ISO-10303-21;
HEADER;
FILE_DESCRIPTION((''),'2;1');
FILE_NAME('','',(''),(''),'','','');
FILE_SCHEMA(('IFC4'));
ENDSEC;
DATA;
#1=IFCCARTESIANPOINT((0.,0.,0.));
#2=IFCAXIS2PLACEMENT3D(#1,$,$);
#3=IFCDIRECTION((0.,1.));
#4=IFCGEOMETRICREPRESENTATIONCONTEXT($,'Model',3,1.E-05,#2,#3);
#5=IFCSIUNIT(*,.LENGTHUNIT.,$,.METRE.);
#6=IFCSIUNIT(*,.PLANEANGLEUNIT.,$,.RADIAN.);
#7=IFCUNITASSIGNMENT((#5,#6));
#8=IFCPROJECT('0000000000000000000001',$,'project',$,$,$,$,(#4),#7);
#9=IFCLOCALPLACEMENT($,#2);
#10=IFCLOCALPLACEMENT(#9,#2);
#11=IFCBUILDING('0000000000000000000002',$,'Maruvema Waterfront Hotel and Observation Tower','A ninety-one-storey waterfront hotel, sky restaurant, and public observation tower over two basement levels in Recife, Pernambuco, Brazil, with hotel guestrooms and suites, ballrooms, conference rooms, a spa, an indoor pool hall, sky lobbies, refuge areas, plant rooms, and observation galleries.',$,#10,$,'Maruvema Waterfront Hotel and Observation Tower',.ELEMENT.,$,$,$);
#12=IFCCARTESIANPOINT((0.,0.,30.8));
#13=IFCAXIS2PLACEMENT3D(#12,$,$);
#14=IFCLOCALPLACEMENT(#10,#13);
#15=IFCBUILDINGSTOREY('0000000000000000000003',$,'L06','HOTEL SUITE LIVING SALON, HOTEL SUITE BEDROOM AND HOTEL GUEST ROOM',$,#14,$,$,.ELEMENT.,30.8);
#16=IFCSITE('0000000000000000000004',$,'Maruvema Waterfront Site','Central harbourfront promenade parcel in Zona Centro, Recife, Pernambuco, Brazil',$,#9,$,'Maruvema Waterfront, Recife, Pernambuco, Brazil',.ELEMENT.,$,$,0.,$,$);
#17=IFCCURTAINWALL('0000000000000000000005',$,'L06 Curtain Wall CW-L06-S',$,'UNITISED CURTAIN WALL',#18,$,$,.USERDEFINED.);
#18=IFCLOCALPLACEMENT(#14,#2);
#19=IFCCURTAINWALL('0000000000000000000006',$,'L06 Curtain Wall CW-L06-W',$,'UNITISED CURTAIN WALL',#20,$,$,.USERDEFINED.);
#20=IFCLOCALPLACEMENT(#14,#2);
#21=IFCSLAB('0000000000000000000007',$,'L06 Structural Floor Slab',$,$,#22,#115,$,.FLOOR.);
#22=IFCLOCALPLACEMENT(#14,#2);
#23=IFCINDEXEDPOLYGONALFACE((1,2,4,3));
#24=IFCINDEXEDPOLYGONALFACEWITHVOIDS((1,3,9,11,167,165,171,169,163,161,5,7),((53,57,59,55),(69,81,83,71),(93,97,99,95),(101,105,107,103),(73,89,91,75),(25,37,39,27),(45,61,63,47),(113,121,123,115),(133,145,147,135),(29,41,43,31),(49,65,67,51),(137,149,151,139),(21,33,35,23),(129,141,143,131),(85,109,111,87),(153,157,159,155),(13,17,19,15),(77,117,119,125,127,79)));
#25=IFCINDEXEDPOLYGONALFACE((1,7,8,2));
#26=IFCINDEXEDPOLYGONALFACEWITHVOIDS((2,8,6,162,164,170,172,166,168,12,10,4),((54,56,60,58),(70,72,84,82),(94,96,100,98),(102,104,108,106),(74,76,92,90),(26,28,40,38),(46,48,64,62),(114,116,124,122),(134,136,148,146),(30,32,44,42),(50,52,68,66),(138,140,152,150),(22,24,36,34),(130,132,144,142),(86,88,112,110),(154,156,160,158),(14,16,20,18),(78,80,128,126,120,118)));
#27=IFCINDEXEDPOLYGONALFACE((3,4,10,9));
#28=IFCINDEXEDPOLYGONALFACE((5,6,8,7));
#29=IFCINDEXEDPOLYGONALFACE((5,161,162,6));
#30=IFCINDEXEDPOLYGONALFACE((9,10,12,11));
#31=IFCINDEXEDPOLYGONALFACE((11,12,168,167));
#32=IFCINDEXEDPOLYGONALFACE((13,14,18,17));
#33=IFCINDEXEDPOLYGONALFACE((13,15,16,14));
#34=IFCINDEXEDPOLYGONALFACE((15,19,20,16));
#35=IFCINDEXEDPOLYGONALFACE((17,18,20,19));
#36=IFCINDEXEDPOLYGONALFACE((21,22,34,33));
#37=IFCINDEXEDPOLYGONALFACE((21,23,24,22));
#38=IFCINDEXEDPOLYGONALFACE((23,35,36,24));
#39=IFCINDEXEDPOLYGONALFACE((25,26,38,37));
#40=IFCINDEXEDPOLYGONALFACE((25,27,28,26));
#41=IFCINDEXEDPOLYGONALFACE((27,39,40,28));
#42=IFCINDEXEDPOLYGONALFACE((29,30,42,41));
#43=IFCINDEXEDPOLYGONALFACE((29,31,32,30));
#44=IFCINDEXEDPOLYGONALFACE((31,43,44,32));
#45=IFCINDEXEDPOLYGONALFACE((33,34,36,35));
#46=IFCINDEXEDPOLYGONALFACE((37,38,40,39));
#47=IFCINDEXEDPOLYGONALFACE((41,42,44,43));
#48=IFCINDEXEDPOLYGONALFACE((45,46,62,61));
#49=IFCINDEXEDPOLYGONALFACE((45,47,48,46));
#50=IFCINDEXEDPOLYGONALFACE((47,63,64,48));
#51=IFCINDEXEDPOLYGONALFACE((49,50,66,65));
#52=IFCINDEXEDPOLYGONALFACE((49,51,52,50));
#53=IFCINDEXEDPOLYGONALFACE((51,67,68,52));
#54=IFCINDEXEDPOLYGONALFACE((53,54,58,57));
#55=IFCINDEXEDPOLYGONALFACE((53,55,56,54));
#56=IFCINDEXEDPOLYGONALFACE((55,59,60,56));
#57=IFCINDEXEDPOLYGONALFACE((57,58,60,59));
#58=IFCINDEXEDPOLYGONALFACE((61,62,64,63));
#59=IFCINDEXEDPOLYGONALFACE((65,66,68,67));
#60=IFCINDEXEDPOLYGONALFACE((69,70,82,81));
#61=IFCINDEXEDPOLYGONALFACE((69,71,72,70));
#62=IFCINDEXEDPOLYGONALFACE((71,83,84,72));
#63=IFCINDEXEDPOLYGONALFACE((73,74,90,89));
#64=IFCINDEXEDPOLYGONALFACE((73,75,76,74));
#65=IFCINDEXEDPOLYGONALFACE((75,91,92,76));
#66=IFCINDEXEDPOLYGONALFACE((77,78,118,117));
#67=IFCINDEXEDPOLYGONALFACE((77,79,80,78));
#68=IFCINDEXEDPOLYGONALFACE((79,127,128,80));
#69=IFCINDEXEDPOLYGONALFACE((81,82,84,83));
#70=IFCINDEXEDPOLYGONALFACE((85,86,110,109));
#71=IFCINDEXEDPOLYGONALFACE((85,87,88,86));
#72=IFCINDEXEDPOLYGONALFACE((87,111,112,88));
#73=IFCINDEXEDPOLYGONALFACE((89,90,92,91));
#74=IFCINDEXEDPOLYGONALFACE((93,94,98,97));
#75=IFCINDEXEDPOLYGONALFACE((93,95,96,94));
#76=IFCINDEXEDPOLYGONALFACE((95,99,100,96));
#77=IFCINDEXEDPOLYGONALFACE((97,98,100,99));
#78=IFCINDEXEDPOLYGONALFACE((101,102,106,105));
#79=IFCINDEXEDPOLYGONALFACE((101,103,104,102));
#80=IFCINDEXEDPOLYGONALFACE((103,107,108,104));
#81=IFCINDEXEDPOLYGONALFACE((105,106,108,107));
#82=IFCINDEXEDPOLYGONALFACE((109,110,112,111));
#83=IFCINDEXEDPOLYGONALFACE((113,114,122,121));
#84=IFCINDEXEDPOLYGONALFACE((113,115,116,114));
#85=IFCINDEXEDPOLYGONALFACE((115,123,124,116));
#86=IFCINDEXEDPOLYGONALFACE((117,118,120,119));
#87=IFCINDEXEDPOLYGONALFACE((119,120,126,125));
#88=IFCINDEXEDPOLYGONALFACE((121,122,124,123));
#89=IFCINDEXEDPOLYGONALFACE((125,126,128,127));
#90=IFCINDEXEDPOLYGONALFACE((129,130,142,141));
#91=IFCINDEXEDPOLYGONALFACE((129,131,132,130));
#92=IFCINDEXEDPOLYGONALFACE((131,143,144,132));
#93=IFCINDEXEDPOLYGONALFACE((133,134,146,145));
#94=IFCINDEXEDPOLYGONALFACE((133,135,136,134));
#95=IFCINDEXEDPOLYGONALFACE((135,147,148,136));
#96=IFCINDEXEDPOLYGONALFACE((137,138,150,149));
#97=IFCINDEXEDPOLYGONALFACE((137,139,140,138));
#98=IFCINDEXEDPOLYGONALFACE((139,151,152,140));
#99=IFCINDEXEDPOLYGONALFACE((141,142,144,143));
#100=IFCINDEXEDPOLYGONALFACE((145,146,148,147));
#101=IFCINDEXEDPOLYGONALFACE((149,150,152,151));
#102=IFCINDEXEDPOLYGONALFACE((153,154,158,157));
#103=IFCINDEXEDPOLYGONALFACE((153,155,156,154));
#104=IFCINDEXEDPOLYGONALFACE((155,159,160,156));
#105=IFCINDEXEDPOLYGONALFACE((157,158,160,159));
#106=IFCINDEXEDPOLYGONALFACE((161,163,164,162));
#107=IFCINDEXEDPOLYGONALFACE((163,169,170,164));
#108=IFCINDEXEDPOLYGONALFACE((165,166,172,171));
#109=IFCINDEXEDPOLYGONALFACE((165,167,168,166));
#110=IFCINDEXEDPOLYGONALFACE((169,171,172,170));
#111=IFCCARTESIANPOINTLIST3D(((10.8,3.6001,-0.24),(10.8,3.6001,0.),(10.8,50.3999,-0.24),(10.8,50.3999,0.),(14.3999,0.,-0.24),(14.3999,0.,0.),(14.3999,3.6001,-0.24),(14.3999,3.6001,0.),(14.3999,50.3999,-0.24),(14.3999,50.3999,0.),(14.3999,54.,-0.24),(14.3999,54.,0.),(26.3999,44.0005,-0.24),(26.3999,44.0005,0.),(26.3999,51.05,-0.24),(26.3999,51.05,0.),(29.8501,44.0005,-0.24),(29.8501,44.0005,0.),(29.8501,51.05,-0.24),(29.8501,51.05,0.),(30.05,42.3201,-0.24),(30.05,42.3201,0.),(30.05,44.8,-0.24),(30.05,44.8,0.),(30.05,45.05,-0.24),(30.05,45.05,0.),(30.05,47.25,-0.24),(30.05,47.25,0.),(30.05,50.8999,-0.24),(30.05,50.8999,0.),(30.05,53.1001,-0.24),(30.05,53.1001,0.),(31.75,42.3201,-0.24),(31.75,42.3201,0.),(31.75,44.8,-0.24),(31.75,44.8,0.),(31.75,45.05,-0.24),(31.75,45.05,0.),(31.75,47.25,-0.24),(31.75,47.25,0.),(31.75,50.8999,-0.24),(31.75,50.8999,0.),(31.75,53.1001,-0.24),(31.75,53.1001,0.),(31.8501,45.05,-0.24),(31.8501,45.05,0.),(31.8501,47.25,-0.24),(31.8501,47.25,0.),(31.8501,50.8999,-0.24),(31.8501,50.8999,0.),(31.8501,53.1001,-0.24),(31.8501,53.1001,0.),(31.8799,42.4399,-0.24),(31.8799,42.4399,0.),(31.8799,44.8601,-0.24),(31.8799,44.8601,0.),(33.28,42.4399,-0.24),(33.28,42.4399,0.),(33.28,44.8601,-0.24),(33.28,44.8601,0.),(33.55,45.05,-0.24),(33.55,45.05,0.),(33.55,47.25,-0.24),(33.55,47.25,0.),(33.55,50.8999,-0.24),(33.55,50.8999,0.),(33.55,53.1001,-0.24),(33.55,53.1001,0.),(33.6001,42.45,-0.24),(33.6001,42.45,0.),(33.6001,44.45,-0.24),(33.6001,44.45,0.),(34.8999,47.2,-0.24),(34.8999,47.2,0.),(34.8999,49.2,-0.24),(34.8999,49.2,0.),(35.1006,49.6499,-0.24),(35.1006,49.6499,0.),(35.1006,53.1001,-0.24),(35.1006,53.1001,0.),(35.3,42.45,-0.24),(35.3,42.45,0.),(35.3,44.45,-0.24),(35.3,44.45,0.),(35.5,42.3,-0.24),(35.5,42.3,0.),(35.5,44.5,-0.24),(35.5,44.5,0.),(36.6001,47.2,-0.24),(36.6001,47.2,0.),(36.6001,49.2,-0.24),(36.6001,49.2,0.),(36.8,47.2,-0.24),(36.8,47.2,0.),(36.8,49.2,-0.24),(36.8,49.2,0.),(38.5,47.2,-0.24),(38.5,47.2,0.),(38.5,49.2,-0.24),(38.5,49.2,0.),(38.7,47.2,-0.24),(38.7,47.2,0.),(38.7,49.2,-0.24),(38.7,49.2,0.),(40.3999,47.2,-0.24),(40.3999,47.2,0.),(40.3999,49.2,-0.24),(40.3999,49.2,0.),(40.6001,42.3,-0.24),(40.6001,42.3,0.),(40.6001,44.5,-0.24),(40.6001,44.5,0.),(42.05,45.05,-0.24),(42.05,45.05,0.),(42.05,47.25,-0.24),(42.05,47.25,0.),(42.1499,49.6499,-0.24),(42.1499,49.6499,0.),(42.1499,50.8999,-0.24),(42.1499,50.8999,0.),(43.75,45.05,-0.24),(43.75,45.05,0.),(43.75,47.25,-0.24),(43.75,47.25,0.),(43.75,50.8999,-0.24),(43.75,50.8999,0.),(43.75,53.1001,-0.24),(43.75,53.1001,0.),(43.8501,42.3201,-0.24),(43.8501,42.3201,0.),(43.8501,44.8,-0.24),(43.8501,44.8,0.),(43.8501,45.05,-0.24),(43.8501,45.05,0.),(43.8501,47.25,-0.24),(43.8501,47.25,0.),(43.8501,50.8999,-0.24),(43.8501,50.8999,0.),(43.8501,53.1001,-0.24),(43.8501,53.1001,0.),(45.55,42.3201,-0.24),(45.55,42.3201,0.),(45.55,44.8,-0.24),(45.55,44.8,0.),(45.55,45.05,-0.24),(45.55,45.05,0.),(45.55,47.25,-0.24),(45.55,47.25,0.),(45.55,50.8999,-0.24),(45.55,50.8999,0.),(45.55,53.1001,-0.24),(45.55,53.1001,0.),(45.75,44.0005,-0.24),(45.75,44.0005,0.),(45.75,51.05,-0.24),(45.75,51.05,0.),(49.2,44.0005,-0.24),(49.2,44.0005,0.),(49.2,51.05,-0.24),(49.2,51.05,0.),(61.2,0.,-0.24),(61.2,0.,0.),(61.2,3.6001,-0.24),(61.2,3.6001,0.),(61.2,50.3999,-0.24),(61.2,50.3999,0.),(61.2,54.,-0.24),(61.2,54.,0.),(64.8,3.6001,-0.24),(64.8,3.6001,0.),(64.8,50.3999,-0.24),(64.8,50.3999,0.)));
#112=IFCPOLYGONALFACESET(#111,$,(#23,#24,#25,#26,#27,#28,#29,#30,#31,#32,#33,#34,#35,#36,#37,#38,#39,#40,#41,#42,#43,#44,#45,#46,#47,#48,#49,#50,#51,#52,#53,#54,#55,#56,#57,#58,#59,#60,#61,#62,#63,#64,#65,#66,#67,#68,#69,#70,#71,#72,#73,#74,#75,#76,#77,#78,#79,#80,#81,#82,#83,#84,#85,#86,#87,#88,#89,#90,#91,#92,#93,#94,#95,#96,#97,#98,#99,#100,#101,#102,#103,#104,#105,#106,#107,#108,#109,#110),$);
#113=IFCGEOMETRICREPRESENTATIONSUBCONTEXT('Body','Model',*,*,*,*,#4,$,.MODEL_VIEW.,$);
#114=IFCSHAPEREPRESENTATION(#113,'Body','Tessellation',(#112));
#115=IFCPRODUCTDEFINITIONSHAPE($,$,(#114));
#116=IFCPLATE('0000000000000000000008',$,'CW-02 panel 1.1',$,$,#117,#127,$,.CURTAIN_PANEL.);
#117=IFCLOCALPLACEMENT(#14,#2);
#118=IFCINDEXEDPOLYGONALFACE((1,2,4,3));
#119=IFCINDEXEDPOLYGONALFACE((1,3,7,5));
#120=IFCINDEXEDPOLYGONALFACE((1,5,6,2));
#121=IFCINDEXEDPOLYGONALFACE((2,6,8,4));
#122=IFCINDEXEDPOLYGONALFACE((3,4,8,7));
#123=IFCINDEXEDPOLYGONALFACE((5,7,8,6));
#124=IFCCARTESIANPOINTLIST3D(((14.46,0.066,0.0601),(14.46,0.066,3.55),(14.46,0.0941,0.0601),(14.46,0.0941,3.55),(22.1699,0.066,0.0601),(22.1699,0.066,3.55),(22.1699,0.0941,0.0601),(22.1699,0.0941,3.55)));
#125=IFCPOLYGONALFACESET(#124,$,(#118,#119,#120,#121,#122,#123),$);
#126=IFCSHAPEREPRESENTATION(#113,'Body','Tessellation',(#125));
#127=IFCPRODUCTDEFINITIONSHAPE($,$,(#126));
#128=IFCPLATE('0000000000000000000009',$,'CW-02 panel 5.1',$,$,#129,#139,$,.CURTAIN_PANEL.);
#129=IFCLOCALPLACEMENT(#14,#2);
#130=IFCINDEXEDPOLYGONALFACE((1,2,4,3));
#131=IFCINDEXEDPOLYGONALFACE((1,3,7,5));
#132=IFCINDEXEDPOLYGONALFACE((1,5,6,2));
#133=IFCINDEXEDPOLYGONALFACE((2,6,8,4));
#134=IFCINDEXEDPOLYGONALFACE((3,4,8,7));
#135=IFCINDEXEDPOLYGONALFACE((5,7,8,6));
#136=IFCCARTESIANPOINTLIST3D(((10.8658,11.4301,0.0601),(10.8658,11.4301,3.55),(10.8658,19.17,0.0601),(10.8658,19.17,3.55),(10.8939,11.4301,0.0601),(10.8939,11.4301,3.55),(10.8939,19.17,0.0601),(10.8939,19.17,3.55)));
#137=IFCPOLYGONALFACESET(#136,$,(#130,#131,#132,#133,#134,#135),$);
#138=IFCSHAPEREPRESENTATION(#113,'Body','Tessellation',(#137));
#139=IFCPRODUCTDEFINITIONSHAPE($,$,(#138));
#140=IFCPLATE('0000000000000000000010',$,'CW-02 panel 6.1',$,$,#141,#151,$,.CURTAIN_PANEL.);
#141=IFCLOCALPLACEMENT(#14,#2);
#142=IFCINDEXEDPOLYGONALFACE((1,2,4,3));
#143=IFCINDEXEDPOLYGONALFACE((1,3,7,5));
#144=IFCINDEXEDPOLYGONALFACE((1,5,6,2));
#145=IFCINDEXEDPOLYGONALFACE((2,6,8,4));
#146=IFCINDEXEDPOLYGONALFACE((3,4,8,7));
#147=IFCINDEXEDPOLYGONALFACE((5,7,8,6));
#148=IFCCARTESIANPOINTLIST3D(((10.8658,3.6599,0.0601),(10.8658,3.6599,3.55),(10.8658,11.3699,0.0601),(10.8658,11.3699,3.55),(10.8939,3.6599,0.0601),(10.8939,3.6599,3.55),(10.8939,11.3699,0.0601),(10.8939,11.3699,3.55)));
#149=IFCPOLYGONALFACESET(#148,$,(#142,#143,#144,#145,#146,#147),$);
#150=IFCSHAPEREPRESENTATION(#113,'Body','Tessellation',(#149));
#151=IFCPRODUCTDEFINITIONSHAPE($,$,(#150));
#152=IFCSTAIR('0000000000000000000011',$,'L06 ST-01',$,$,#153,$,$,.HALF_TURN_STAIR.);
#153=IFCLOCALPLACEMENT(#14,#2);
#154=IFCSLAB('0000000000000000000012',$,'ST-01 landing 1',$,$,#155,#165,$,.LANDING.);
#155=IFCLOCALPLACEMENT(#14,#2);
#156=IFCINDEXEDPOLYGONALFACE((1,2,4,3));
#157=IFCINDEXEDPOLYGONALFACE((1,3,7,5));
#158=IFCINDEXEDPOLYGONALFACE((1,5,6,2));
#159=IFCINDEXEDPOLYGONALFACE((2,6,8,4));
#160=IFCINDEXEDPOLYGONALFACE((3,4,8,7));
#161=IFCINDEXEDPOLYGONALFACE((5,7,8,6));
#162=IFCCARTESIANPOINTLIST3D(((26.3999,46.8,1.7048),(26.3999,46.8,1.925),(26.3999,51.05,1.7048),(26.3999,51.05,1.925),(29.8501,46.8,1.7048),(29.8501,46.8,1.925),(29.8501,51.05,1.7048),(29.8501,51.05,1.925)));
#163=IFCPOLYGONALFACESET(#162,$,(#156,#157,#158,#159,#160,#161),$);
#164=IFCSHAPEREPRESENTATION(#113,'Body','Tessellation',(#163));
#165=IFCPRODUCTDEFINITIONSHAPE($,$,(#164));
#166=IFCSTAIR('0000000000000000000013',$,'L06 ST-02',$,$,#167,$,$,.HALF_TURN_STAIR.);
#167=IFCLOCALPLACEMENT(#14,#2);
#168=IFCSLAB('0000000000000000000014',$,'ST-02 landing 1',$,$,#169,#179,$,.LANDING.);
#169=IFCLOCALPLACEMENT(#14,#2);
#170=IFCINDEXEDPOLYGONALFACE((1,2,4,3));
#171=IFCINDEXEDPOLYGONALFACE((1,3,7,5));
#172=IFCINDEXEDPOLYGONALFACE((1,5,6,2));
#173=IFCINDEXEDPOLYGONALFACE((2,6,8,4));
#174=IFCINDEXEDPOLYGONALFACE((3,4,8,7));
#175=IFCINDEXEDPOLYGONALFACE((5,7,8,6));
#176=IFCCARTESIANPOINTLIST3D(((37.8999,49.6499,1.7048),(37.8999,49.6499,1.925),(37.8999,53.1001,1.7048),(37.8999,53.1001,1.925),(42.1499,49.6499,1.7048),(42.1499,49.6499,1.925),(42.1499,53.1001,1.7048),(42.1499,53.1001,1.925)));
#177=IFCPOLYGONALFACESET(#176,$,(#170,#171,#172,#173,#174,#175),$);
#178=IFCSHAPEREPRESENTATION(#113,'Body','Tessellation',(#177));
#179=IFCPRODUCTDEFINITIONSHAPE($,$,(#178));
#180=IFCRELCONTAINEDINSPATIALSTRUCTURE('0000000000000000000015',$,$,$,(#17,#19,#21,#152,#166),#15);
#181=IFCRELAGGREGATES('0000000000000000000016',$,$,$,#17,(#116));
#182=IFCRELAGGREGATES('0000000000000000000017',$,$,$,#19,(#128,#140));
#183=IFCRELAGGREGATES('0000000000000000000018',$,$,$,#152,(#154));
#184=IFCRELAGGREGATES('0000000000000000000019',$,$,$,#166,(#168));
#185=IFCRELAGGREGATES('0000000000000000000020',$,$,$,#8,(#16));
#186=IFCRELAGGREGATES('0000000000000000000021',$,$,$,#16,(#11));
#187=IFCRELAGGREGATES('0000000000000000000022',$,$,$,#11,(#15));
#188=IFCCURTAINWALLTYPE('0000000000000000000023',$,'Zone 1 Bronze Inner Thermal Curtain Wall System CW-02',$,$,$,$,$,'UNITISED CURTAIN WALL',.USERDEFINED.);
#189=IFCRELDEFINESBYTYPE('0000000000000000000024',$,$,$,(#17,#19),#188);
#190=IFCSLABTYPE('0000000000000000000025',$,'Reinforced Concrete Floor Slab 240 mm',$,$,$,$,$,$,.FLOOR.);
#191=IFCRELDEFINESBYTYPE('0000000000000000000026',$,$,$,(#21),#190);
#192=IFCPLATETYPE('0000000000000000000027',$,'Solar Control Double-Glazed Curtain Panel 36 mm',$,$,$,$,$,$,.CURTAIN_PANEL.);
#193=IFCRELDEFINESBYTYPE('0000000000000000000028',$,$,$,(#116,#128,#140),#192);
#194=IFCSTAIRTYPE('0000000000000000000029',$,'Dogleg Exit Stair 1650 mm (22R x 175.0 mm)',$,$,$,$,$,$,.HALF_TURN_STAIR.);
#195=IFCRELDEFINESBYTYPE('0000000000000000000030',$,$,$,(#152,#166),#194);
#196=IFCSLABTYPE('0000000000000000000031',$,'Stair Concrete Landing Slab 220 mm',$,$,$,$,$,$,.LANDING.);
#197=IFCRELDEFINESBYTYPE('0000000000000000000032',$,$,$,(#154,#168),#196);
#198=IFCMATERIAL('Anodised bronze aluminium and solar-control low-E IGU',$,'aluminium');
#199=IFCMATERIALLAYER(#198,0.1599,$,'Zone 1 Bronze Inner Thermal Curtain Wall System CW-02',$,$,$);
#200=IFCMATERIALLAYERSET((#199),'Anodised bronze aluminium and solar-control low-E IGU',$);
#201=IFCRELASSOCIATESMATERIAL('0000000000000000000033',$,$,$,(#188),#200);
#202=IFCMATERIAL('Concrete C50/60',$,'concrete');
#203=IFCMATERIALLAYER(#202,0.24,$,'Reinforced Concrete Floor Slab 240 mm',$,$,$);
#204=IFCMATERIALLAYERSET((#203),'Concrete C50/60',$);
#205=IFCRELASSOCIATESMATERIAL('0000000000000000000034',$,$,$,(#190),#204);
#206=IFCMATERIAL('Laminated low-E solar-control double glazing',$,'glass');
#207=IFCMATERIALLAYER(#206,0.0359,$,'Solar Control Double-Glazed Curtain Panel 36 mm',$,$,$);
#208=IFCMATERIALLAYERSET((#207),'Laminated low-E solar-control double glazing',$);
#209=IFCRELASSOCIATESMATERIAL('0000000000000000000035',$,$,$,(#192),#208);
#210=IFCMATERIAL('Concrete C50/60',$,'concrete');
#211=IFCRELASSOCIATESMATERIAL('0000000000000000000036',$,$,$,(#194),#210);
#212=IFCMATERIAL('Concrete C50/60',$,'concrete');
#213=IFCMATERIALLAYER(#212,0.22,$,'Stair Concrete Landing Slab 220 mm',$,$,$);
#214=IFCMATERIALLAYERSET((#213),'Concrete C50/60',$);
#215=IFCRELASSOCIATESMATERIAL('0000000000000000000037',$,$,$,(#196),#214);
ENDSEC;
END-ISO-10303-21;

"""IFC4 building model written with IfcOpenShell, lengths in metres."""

from ifc_helpers import new_model, si_unit, direction, frame, origin, origin_2d, place, context, subcontext, project, spatial, polyline, rectangle, outline, extrude, material, layer, layer_set, type_object, element, aggregate, save


model = new_model("IFC4")

# Units and contexts
model_context = context("Model", 3, precision=1e-05, world=origin(), true_north=direction((0.0, 1.0)))
body_context = subcontext(model_context, "Body", "Model", "MODEL_VIEW")
ifc_project = project(units=[si_unit("LENGTHUNIT", "METRE"), si_unit("PLANEANGLEUNIT", "RADIAN")], contexts=[model_context])

# Site, building, storey
site_placement = place(None, origin())
site = spatial("IfcSite", under=ifc_project, at=site_placement, Name="Maruvema Waterfront Site", Description="Central harbourfront promenade parcel in Zona Centro, Recife, Pernambuco, Brazil", LongName="Maruvema Waterfront, Recife, Pernambuco, Brazil", CompositionType="ELEMENT", RefElevation=0.0)
building_placement = place(site_placement, origin())
building = spatial("IfcBuilding", under=site, at=building_placement, Name="Maruvema Waterfront Hotel and Observation Tower", Description="A ninety-one-storey waterfront hotel, sky restaurant, and public observation tower over two basement levels in Recife, Pernambuco, Brazil, with hotel guestrooms and suites, ballrooms, conference rooms, a spa, an indoor pool hall, sky lobbies, refuge areas, plant rooms, and observation galleries.", LongName="Maruvema Waterfront Hotel and Observation Tower", CompositionType="ELEMENT")
storey_placement = place(building_placement, frame((0.0, 0.0, 30.8)))
storey = spatial("IfcBuildingStorey", under=building, at=storey_placement, Name="L06", Description="HOTEL SUITE LIVING SALON, HOTEL SUITE BEDROOM AND HOTEL GUEST ROOM", CompositionType="ELEMENT", Elevation=30.8)

# Curtain walls
ifc_material_1 = material(Name="Anodised bronze aluminium and solar-control low-E IGU", Category="aluminium")
ifc_layer_1 = layer(ifc_material_1, 0.1599, Name="Zone 1 Bronze Inner Thermal Curtain Wall System CW-02")
ifc_layer_set_1 = layer_set([ifc_layer_1], Name="Anodised bronze aluminium and solar-control low-E IGU")
curtain_wall_type = type_object("IfcCurtainWallType", Name="Zone 1 Bronze Inner Thermal Curtain Wall System CW-02", ElementType="UNITISED CURTAIN WALL", PredefinedType="USERDEFINED", material=ifc_layer_set_1)
curtain_wall_1_placement = place(storey_placement, origin())
curtain_wall_1 = element("IfcCurtainWall", 1, at=curtain_wall_1_placement, inside=storey, type_object=curtain_wall_type, Name="L06 Curtain Wall CW-L06-S", ObjectType="UNITISED CURTAIN WALL", PredefinedType="USERDEFINED")
curtain_wall_2_placement = place(storey_placement, origin())
curtain_wall_2 = element("IfcCurtainWall", 2, at=curtain_wall_2_placement, inside=storey, type_object=curtain_wall_type, Name="L06 Curtain Wall CW-L06-W", ObjectType="UNITISED CURTAIN WALL", PredefinedType="USERDEFINED")

# Slab
ifc_material_2 = material(Name="Concrete C50/60", Category="concrete")
ifc_layer_2 = layer(ifc_material_2, 0.24, Name="Reinforced Concrete Floor Slab 240 mm")
ifc_layer_set_2 = layer_set([ifc_layer_2], Name="Concrete C50/60")
slab_type_1 = type_object("IfcSlabType", Name="Reinforced Concrete Floor Slab 240 mm", PredefinedType="FLOOR", material=ifc_layer_set_2)
slab_1_placement = place(storey_placement, frame((0.0, 0.0, -0.24)))
element("IfcSlab", 3, at=slab_1_placement, inside=storey, type_object=slab_type_1, Name="L06 Structural Floor Slab", PredefinedType="FLOOR", context=body_context, shape_type="SweptSolid", body=[
    extrude(outline(polyline([(14.3999, 0.0), (61.2, 0.0), (61.2, 3.6001), (64.8, 3.6001), (64.8, 50.3999), (61.2, 50.3999), (61.2, 54.0), (14.3999, 54.0), (14.3999, 50.3999), (10.8, 50.3999), (10.8, 3.6001), (14.3999, 3.6001), (14.3999, 0.0)]), holes=[polyline([(26.3999, 44.0005), (26.3999, 51.05), (29.8501, 51.05), (29.8501, 44.0005), (26.3999, 44.0005)]), polyline([(30.05, 44.8), (31.75, 44.8), (31.75, 42.3201), (30.05, 42.3201), (30.05, 44.8)]), polyline([(31.75, 47.25), (31.75, 45.05), (30.05, 45.05), (30.05, 47.25), (31.75, 47.25)]), polyline([(31.75, 53.1001), (31.75, 50.8999), (30.05, 50.8999), (30.05, 53.1001), (31.75, 53.1001)]), polyline([(33.28, 44.8601), (33.28, 42.4399), (31.8799, 42.4399), (31.8799, 44.8601), (33.28, 44.8601)]), polyline([(31.8501, 47.25), (33.55, 47.25), (33.55, 45.05), (31.8501, 45.05), (31.8501, 47.25)]), polyline([(31.8501, 53.1001), (33.55, 53.1001), (33.55, 50.8999), (31.8501, 50.8999), (31.8501, 53.1001)]), polyline([(33.6001, 44.45), (35.3, 44.45), (35.3, 42.45), (33.6001, 42.45), (33.6001, 44.45)]), polyline([(34.8999, 49.2), (36.6001, 49.2), (36.6001, 47.2), (34.8999, 47.2), (34.8999, 49.2)]), polyline([(38.5, 49.2), (38.5, 47.2), (36.8, 47.2), (36.8, 49.2), (38.5, 49.2)]), polyline([(35.5, 44.5), (40.6001, 44.5), (40.6001, 42.3), (35.5, 42.3), (35.5, 44.5)]), polyline([(43.75, 50.8999), (42.1499, 50.8999), (42.1499, 49.6499), (35.1006, 49.6499), (35.1006, 53.1001), (43.75, 53.1001), (43.75, 50.8999)]), polyline([(40.3999, 49.2), (40.3999, 47.2), (38.7, 47.2), (38.7, 49.2), (40.3999, 49.2)]), polyline([(43.75, 47.25), (43.75, 45.05), (42.05, 45.05), (42.05, 47.25), (43.75, 47.25)]), polyline([(45.55, 44.8), (45.55, 42.3201), (43.8501, 42.3201), (43.8501, 44.8), (45.55, 44.8)]), polyline([(43.8501, 47.25), (45.55, 47.25), (45.55, 45.05), (43.8501, 45.05), (43.8501, 47.25)]), polyline([(45.55, 53.1001), (45.55, 50.8999), (43.8501, 50.8999), (43.8501, 53.1001), (45.55, 53.1001)]), polyline([(45.75, 51.05), (49.2, 51.05), (49.2, 44.0005), (45.75, 44.0005), (45.75, 51.05)])]), origin(), (0.0, 0.0, 1.0), 0.24),
])

# Plates
ifc_material_3 = material(Name="Laminated low-E solar-control double glazing", Category="glass")
ifc_layer_3 = layer(ifc_material_3, 0.0359, Name="Solar Control Double-Glazed Curtain Panel 36 mm")
ifc_layer_set_3 = layer_set([ifc_layer_3], Name="Laminated low-E solar-control double glazing")
plate_type = type_object("IfcPlateType", Name="Solar Control Double-Glazed Curtain Panel 36 mm", PredefinedType="CURTAIN_PANEL", material=ifc_layer_set_3)
plate_1_placement = place(storey_placement, frame((18.3149, 0.0801, 0.0601), z_axis=(0.0, 0.0, 1.0), x_axis=(1.0, 0.0, 0.0)))
plate_1 = element("IfcPlate", 4, at=plate_1_placement, type_object=plate_type, Name="CW-02 panel 1.1", PredefinedType="CURTAIN_PANEL", context=body_context, shape_type="SweptSolid", body=[
    extrude(rectangle(XDim=7.71, YDim=0.0281, at=origin_2d()), origin(), (0.0, 0.0, 1.0), 3.49),
])
aggregate(curtain_wall_1, [plate_1])
plate_2_placement = place(storey_placement, frame((10.8799, 15.3, 0.0601), z_axis=(0.0, 0.0, 1.0), x_axis=(0.0, -1.0, 0.0)))
plate_2 = element("IfcPlate", 5, at=plate_2_placement, type_object=plate_type, Name="CW-02 panel 5.1", PredefinedType="CURTAIN_PANEL", context=body_context, shape_type="SweptSolid", body=[
    extrude(rectangle(XDim=7.74, YDim=0.0281, at=origin_2d()), origin(), (0.0, 0.0, 1.0), 3.49),
])
plate_3_placement = place(storey_placement, frame((10.8799, 7.5149, 0.0601), z_axis=(0.0, 0.0, 1.0), x_axis=(0.0, -1.0, 0.0)))
plate_3 = element("IfcPlate", 6, at=plate_3_placement, type_object=plate_type, Name="CW-02 panel 6.1", PredefinedType="CURTAIN_PANEL", context=body_context, shape_type="SweptSolid", body=[
    extrude(rectangle(XDim=7.71, YDim=0.0281, at=origin_2d()), origin(), (0.0, 0.0, 1.0), 3.49),
])
aggregate(curtain_wall_2, [plate_2, plate_3])

# Stairs, slabs
ifc_material_4 = material(Name="Concrete C50/60", Category="concrete")
stair_type = type_object("IfcStairType", Name="Dogleg Exit Stair 1650 mm (22R x 175.0 mm)", PredefinedType="HALF_TURN_STAIR", material=ifc_material_4)
stair_1_placement = place(storey_placement, origin())
stair_1 = element("IfcStair", 7, at=stair_1_placement, inside=storey, type_object=stair_type, Name="L06 ST-01", PredefinedType="HALF_TURN_STAIR")
ifc_material_5 = material(Name="Concrete C50/60", Category="concrete")
ifc_layer_4 = layer(ifc_material_5, 0.22, Name="Stair Concrete Landing Slab 220 mm")
ifc_layer_set_4 = layer_set([ifc_layer_4], Name="Concrete C50/60")
slab_type_2 = type_object("IfcSlabType", Name="Stair Concrete Landing Slab 220 mm", PredefinedType="LANDING", material=ifc_layer_set_4)
slab_2_placement = place(storey_placement, frame((0.0, 0.0, 1.7048)))
slab_2 = element("IfcSlab", 8, at=slab_2_placement, type_object=slab_type_2, Name="ST-01 landing 1", PredefinedType="LANDING", context=body_context, shape_type="SweptSolid", body=[
    extrude(outline(polyline([(29.8501, 46.8), (29.8501, 51.05), (26.3999, 51.05), (26.3999, 46.8), (29.8501, 46.8)])), origin(), (0.0, 0.0, 1.0), 0.2202),
])
aggregate(stair_1, [slab_2])
stair_2_placement = place(storey_placement, origin())
stair_2 = element("IfcStair", 9, at=stair_2_placement, inside=storey, type_object=stair_type, Name="L06 ST-02", PredefinedType="HALF_TURN_STAIR")
slab_3_placement = place(storey_placement, frame((0.0, 0.0, 1.7048)))
slab_3 = element("IfcSlab", 10, at=slab_3_placement, type_object=slab_type_2, Name="ST-02 landing 1", PredefinedType="LANDING", context=body_context, shape_type="SweptSolid", body=[
    extrude(outline(polyline([(37.8999, 49.6499), (42.1499, 49.6499), (42.1499, 53.1001), (37.8999, 53.1001), (37.8999, 49.6499)])), origin(), (0.0, 0.0, 1.0), 0.2202),
])
aggregate(stair_2, [slab_3])

save(model, "model.ifc")
